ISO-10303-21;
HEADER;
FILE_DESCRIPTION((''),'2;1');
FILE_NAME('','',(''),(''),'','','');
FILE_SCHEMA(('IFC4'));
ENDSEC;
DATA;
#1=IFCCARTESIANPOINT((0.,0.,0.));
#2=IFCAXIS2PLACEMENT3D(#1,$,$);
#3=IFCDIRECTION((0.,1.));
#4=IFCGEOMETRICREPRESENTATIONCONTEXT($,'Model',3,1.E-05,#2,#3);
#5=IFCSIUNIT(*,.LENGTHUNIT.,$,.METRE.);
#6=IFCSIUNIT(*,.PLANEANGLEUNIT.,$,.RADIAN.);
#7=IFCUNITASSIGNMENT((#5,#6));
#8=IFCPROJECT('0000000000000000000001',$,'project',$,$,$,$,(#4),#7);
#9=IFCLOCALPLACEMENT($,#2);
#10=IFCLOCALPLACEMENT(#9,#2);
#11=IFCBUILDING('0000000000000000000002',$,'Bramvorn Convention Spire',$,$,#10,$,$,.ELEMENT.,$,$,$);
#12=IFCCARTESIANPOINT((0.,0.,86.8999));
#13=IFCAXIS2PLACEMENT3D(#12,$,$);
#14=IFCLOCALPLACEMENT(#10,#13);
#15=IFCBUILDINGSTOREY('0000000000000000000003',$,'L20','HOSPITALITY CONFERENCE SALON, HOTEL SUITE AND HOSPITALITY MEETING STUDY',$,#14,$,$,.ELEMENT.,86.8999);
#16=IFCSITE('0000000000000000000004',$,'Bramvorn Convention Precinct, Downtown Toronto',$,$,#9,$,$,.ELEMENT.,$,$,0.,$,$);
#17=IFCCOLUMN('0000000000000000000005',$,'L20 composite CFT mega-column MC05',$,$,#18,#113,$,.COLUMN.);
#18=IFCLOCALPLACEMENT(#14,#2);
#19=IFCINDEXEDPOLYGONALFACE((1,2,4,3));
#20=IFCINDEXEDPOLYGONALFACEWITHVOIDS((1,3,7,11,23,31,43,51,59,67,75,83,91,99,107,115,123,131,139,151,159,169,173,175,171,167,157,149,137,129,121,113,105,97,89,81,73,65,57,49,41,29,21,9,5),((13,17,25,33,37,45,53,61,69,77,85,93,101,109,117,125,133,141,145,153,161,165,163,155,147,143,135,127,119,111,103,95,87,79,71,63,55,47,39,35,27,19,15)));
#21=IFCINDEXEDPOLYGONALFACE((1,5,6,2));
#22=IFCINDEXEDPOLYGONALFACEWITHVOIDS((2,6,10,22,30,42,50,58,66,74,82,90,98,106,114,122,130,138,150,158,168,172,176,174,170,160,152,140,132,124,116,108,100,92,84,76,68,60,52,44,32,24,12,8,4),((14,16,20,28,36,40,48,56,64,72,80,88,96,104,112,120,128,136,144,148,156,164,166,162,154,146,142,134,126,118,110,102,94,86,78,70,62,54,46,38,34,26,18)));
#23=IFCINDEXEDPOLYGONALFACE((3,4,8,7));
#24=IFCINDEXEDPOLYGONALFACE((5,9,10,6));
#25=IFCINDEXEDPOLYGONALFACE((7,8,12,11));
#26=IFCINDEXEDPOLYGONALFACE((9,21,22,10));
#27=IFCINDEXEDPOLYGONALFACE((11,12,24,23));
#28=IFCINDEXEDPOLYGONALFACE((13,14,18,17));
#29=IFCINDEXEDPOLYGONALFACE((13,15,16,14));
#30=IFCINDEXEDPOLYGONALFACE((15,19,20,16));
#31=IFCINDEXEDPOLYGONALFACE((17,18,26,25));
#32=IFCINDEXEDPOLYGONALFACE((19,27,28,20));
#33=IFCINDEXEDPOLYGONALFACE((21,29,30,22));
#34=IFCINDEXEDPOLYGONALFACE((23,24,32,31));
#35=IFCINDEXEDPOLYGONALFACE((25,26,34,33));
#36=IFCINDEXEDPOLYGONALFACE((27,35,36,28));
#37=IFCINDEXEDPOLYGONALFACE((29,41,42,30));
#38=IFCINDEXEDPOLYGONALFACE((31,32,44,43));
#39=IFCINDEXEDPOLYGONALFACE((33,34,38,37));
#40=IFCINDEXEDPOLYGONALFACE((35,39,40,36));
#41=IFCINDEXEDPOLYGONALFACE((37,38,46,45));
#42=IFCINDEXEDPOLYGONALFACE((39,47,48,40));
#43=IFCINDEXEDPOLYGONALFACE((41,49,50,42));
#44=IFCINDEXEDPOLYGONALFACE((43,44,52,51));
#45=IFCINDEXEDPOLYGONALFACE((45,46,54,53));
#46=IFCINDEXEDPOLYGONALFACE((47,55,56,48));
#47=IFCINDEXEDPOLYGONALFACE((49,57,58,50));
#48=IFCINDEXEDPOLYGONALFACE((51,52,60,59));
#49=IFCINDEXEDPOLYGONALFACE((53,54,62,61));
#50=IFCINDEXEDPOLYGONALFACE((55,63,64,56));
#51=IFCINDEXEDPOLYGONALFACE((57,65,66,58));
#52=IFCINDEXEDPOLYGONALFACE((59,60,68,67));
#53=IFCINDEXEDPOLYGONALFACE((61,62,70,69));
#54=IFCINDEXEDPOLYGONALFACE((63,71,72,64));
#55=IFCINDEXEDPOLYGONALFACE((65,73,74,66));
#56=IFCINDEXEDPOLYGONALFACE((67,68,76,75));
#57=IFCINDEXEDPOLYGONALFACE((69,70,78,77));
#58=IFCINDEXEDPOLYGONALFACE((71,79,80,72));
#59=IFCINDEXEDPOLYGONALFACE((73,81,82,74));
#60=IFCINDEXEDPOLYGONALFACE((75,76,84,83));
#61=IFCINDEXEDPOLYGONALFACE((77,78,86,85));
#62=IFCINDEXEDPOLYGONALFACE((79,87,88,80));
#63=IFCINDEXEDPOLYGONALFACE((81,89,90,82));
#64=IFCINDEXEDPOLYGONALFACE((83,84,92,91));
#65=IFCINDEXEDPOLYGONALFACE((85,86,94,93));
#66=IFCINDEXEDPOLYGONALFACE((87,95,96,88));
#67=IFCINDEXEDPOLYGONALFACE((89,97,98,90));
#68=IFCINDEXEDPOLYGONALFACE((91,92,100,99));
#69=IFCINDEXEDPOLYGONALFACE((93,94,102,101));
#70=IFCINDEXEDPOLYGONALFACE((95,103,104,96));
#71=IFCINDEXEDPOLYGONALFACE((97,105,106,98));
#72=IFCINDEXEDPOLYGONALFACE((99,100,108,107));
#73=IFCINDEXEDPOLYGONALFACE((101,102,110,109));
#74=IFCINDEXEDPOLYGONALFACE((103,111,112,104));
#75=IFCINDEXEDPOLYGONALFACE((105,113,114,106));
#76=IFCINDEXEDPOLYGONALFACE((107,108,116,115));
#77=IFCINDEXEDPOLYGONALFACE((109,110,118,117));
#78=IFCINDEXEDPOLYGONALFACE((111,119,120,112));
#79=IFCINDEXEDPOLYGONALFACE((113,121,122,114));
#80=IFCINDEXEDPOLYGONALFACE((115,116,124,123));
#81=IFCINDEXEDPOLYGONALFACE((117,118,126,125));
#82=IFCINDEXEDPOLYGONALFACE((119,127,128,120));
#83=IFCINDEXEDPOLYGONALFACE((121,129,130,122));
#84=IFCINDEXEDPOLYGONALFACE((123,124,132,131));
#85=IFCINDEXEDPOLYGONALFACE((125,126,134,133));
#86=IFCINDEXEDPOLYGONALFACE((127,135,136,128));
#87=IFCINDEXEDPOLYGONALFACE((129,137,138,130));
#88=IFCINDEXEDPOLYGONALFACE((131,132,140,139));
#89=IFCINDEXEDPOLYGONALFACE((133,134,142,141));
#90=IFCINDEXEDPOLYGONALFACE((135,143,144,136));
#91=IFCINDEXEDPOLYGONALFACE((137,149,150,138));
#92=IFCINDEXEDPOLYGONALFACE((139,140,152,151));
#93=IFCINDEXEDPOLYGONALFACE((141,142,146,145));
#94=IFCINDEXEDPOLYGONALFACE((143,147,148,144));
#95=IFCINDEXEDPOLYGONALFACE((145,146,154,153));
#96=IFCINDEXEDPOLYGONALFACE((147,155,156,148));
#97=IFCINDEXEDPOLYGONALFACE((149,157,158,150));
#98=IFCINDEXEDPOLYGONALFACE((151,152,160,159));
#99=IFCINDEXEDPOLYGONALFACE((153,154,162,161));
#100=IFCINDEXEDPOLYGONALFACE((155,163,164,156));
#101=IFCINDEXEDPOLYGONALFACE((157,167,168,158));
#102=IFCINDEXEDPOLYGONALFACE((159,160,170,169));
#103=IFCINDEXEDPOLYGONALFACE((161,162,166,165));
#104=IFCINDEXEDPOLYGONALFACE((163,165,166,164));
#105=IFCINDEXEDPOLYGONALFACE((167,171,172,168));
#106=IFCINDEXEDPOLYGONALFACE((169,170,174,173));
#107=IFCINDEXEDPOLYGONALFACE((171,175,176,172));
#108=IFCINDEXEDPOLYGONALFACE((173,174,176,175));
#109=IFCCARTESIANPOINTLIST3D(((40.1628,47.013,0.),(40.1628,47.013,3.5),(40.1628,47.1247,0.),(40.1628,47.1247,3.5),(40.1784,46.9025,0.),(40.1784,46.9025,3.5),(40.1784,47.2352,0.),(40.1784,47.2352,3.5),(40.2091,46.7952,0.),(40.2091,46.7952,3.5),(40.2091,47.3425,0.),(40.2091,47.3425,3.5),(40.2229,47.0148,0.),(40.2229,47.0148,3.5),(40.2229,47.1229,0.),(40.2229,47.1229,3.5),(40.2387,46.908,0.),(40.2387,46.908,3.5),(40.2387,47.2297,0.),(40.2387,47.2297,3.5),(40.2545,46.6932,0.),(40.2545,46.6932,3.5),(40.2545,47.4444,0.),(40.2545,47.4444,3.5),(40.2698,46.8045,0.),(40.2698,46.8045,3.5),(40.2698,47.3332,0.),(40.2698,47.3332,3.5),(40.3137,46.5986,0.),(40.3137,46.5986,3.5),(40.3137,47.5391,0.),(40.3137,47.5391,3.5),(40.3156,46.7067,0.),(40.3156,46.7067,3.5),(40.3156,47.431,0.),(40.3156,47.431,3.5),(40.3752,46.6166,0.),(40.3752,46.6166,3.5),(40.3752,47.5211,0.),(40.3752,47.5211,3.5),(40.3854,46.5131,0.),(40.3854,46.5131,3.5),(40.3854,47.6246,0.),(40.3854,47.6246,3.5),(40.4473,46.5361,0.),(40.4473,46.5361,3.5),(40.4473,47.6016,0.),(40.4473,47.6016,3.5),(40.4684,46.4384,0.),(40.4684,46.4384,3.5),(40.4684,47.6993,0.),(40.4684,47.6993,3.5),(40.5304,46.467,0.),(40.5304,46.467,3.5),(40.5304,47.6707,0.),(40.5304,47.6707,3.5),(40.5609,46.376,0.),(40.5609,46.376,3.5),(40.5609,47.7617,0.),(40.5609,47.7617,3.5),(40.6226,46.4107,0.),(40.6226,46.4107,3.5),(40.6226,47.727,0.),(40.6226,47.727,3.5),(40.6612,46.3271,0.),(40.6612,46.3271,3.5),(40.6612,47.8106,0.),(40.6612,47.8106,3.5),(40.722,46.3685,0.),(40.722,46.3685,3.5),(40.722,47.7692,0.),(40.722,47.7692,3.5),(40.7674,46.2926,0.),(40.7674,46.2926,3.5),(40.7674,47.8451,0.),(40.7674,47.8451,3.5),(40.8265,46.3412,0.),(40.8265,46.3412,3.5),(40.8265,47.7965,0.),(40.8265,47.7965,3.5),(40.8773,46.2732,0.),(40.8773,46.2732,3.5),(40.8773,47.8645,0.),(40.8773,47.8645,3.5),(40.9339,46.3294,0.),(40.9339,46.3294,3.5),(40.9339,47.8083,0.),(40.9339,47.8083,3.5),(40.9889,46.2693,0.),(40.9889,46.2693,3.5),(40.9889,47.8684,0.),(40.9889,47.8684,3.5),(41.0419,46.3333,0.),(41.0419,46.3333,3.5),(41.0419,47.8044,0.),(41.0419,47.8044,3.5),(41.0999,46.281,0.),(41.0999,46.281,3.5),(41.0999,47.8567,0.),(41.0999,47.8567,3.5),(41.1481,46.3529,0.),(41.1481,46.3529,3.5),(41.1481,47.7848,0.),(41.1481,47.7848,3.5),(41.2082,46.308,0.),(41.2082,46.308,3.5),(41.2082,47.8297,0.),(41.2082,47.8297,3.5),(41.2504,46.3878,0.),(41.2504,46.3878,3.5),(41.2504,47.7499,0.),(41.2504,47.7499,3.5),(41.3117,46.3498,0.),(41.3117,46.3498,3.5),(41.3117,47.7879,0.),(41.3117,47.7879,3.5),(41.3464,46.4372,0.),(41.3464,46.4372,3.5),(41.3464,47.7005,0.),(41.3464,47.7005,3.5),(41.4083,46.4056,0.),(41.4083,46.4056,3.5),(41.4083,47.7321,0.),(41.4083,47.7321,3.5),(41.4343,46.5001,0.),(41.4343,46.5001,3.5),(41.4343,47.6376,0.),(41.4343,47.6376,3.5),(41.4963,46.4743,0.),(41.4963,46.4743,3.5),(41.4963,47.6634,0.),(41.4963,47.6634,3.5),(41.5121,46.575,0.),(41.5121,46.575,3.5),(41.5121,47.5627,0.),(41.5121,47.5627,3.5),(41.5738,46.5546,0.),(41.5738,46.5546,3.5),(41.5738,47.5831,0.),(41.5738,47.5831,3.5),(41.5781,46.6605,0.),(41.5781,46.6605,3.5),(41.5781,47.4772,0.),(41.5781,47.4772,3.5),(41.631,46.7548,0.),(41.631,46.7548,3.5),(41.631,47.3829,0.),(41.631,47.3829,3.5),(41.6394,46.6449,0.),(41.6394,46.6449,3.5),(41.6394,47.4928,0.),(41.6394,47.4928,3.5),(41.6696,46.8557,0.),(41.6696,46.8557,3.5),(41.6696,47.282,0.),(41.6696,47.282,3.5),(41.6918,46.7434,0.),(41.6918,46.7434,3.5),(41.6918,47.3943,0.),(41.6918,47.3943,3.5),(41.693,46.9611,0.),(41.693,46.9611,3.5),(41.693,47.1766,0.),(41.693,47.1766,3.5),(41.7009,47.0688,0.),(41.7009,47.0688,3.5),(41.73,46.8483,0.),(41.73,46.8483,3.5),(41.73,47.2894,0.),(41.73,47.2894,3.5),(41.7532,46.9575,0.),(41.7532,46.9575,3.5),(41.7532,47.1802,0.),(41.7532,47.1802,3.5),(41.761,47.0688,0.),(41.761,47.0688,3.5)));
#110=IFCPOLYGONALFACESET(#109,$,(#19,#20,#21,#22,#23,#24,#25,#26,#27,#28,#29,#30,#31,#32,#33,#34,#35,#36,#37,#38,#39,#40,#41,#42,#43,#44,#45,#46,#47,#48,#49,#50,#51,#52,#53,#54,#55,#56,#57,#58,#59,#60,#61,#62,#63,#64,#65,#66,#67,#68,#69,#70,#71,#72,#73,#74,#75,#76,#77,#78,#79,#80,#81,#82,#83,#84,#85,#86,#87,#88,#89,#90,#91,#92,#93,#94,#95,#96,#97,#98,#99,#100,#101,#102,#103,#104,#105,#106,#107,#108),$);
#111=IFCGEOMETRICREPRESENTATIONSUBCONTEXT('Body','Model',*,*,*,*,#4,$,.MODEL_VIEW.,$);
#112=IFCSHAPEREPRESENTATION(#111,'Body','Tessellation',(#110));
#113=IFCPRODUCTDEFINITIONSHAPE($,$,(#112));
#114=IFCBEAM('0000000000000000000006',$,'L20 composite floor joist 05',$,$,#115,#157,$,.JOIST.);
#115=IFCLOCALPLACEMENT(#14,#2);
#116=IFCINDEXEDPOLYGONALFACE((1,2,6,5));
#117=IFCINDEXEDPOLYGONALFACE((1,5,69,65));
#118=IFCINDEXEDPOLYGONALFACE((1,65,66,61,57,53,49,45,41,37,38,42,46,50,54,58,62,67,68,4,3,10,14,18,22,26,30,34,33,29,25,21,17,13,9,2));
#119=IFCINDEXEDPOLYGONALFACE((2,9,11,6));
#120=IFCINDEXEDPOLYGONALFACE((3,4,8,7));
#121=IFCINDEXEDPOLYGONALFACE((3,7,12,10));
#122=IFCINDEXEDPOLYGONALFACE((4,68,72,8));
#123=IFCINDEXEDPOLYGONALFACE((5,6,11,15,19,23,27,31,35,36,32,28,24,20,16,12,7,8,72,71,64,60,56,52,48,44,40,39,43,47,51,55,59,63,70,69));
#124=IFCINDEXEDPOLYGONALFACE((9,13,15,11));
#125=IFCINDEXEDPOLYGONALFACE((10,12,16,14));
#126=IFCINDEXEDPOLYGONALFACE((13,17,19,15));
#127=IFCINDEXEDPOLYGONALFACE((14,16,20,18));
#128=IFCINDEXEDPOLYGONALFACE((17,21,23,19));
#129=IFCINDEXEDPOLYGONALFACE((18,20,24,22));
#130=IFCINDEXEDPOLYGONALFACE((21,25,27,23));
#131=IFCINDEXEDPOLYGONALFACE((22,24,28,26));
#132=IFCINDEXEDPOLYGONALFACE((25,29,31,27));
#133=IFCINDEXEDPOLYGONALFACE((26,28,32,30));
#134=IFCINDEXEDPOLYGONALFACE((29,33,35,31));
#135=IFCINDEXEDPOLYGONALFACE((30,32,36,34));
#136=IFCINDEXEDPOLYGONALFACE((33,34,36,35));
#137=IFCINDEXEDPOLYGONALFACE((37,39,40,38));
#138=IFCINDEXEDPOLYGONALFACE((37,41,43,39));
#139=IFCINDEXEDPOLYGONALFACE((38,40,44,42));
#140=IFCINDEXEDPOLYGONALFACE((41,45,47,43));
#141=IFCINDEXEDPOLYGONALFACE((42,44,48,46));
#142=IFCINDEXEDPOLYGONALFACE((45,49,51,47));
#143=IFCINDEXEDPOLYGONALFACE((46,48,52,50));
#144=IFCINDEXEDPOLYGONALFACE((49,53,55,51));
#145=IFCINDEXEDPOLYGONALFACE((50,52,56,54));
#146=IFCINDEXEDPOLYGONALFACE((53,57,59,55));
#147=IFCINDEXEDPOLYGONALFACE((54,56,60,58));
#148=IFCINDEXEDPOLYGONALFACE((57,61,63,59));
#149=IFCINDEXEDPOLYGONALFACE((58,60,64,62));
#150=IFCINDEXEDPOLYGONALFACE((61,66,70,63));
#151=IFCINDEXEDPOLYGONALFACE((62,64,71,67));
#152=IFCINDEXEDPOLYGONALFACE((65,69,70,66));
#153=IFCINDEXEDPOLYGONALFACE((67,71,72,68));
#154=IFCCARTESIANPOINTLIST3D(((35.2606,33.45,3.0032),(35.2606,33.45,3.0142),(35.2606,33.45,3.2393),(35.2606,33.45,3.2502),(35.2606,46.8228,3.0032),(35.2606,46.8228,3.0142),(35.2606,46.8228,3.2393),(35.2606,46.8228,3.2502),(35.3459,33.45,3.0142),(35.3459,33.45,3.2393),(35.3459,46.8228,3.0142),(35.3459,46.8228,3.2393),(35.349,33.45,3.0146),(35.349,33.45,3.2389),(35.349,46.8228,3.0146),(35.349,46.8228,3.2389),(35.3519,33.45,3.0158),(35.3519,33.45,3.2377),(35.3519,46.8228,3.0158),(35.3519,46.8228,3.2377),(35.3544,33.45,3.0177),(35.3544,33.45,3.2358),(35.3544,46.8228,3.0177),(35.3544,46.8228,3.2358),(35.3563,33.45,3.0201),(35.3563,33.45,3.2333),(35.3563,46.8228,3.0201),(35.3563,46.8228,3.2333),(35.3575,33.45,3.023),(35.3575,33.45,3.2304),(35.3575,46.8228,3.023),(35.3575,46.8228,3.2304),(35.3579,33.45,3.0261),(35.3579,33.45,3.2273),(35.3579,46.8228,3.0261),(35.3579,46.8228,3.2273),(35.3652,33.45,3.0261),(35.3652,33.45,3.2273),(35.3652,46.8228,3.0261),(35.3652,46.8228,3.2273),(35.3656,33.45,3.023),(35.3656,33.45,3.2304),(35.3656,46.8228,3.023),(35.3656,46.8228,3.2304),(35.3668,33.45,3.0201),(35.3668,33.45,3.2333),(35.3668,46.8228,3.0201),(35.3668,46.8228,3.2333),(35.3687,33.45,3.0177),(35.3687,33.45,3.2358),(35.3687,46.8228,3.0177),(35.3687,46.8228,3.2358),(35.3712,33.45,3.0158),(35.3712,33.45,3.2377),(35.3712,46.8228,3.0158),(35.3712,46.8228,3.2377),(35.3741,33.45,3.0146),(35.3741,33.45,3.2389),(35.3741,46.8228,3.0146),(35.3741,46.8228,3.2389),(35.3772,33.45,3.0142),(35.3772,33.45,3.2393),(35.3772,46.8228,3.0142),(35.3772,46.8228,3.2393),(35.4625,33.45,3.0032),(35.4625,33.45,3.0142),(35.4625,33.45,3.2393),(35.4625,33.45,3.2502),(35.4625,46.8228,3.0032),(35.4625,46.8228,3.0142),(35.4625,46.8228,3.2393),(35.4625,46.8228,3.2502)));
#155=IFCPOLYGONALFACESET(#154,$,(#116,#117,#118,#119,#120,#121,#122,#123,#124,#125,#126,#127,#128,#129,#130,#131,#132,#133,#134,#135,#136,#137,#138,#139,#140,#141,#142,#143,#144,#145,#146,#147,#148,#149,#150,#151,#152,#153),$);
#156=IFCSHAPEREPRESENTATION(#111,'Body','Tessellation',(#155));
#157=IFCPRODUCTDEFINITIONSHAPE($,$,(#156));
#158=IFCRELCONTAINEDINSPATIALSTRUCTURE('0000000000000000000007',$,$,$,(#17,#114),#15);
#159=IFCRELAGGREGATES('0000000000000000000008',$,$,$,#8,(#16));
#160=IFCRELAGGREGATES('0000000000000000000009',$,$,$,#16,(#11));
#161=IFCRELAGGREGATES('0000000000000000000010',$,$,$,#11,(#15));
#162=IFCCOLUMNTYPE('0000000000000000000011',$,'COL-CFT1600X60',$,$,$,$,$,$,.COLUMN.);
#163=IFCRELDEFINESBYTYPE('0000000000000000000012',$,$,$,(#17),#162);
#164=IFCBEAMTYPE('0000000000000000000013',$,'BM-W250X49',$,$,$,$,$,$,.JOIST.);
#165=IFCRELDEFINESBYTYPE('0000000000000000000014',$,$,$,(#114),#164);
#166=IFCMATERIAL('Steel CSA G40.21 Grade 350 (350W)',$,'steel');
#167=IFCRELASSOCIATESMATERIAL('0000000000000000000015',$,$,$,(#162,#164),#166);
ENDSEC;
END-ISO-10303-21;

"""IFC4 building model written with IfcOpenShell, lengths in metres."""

from ifc_helpers import new_model, si_unit, direction, frame, origin, origin_2d, place, context, subcontext, project, spatial, hollow_circle, i_section, extrude, material, material_profile, profile_set, type_object, element, save


model = new_model("IFC4")

# Units and contexts
model_context = context("Model", 3, precision=1e-05, world=origin(), true_north=direction((0.0, 1.0)))
body_context = subcontext(model_context, "Body", "Model", "MODEL_VIEW")
ifc_project = project(units=[si_unit("LENGTHUNIT", "METRE"), si_unit("PLANEANGLEUNIT", "RADIAN")], contexts=[model_context])

# Site, building, storey
site_placement = place(None, origin())
site = spatial("IfcSite", under=ifc_project, at=site_placement, Name="Bramvorn Convention Precinct, Downtown Toronto", CompositionType="ELEMENT", RefElevation=0.0)
building_placement = place(site_placement, origin())
building = spatial("IfcBuilding", under=site, at=building_placement, Name="Bramvorn Convention Spire", CompositionType="ELEMENT")
storey_placement = place(building_placement, frame((0.0, 0.0, 86.8999)))
storey = spatial("IfcBuildingStorey", under=building, at=storey_placement, Name="L20", Description="HOSPITALITY CONFERENCE SALON, HOTEL SUITE AND HOSPITALITY MEETING STUDY", CompositionType="ELEMENT", Elevation=86.8999)

# Column
ifc_material_1 = material(Name="Steel CSA G40.21 Grade 350 (350W)", Category="steel")
ifc_material_profile_1 = material_profile(ifc_material_1, hollow_circle(Radius=0.8, WallThickness=0.0601, at=origin_2d()))
ifc_profile_set_1 = profile_set([ifc_material_profile_1], Name="Steel CSA G40.21 Grade 350 (350W) - CFT1600X60")
column_type = type_object("IfcColumnType", Name="COL-CFT1600X60", PredefinedType="COLUMN", material=ifc_profile_set_1)
column_placement = place(storey_placement, frame((40.9609, 47.0688, 0.0), z_axis=(0.0, 0.0, 1.0), x_axis=(1.0, 0.0, 0.0)))
element("IfcColumn", 1, at=column_placement, inside=storey, type_object=column_type, Name="L20 composite CFT mega-column MC05", PredefinedType="COLUMN", context=body_context, shape_type="SweptSolid", body=[
    extrude(hollow_circle(Radius=0.8, WallThickness=0.0601, at=origin_2d()), origin(), (0.0, 0.0, 1.0), 3.5),
])

# Beam
ifc_material_profile_2 = material_profile(ifc_material_1, i_section(OverallWidth=0.2019, OverallDepth=0.2471, WebThickness=0.0073, FlangeThickness=0.011, FilletRadius=0.012, at=origin_2d()))
ifc_profile_set_2 = profile_set([ifc_material_profile_2], Name="Steel CSA G40.21 Grade 350 (350W) - W250X49")
beam_type_1 = type_object("IfcBeamType", Name="BM-W250X49", PredefinedType="JOIST", material=ifc_profile_set_2)
beam_1_placement = place(storey_placement, frame((35.3616, 33.45, 3.1267), z_axis=(0.0, 1.0, 0.0), x_axis=(-1.0, 0.0, 0.0)))
element("IfcBeam", 2, at=beam_1_placement, inside=storey, type_object=beam_type_1, Name="L20 composite floor joist 05", PredefinedType="JOIST", context=body_context, shape_type="SweptSolid", body=[
    extrude(i_section(OverallWidth=0.2019, OverallDepth=0.2471, WebThickness=0.0073, FlangeThickness=0.011, FilletRadius=0.012, at=origin_2d()), origin(), (0.0, 0.0, 1.0), 13.3728),
])

save(model, "model.ifc")
